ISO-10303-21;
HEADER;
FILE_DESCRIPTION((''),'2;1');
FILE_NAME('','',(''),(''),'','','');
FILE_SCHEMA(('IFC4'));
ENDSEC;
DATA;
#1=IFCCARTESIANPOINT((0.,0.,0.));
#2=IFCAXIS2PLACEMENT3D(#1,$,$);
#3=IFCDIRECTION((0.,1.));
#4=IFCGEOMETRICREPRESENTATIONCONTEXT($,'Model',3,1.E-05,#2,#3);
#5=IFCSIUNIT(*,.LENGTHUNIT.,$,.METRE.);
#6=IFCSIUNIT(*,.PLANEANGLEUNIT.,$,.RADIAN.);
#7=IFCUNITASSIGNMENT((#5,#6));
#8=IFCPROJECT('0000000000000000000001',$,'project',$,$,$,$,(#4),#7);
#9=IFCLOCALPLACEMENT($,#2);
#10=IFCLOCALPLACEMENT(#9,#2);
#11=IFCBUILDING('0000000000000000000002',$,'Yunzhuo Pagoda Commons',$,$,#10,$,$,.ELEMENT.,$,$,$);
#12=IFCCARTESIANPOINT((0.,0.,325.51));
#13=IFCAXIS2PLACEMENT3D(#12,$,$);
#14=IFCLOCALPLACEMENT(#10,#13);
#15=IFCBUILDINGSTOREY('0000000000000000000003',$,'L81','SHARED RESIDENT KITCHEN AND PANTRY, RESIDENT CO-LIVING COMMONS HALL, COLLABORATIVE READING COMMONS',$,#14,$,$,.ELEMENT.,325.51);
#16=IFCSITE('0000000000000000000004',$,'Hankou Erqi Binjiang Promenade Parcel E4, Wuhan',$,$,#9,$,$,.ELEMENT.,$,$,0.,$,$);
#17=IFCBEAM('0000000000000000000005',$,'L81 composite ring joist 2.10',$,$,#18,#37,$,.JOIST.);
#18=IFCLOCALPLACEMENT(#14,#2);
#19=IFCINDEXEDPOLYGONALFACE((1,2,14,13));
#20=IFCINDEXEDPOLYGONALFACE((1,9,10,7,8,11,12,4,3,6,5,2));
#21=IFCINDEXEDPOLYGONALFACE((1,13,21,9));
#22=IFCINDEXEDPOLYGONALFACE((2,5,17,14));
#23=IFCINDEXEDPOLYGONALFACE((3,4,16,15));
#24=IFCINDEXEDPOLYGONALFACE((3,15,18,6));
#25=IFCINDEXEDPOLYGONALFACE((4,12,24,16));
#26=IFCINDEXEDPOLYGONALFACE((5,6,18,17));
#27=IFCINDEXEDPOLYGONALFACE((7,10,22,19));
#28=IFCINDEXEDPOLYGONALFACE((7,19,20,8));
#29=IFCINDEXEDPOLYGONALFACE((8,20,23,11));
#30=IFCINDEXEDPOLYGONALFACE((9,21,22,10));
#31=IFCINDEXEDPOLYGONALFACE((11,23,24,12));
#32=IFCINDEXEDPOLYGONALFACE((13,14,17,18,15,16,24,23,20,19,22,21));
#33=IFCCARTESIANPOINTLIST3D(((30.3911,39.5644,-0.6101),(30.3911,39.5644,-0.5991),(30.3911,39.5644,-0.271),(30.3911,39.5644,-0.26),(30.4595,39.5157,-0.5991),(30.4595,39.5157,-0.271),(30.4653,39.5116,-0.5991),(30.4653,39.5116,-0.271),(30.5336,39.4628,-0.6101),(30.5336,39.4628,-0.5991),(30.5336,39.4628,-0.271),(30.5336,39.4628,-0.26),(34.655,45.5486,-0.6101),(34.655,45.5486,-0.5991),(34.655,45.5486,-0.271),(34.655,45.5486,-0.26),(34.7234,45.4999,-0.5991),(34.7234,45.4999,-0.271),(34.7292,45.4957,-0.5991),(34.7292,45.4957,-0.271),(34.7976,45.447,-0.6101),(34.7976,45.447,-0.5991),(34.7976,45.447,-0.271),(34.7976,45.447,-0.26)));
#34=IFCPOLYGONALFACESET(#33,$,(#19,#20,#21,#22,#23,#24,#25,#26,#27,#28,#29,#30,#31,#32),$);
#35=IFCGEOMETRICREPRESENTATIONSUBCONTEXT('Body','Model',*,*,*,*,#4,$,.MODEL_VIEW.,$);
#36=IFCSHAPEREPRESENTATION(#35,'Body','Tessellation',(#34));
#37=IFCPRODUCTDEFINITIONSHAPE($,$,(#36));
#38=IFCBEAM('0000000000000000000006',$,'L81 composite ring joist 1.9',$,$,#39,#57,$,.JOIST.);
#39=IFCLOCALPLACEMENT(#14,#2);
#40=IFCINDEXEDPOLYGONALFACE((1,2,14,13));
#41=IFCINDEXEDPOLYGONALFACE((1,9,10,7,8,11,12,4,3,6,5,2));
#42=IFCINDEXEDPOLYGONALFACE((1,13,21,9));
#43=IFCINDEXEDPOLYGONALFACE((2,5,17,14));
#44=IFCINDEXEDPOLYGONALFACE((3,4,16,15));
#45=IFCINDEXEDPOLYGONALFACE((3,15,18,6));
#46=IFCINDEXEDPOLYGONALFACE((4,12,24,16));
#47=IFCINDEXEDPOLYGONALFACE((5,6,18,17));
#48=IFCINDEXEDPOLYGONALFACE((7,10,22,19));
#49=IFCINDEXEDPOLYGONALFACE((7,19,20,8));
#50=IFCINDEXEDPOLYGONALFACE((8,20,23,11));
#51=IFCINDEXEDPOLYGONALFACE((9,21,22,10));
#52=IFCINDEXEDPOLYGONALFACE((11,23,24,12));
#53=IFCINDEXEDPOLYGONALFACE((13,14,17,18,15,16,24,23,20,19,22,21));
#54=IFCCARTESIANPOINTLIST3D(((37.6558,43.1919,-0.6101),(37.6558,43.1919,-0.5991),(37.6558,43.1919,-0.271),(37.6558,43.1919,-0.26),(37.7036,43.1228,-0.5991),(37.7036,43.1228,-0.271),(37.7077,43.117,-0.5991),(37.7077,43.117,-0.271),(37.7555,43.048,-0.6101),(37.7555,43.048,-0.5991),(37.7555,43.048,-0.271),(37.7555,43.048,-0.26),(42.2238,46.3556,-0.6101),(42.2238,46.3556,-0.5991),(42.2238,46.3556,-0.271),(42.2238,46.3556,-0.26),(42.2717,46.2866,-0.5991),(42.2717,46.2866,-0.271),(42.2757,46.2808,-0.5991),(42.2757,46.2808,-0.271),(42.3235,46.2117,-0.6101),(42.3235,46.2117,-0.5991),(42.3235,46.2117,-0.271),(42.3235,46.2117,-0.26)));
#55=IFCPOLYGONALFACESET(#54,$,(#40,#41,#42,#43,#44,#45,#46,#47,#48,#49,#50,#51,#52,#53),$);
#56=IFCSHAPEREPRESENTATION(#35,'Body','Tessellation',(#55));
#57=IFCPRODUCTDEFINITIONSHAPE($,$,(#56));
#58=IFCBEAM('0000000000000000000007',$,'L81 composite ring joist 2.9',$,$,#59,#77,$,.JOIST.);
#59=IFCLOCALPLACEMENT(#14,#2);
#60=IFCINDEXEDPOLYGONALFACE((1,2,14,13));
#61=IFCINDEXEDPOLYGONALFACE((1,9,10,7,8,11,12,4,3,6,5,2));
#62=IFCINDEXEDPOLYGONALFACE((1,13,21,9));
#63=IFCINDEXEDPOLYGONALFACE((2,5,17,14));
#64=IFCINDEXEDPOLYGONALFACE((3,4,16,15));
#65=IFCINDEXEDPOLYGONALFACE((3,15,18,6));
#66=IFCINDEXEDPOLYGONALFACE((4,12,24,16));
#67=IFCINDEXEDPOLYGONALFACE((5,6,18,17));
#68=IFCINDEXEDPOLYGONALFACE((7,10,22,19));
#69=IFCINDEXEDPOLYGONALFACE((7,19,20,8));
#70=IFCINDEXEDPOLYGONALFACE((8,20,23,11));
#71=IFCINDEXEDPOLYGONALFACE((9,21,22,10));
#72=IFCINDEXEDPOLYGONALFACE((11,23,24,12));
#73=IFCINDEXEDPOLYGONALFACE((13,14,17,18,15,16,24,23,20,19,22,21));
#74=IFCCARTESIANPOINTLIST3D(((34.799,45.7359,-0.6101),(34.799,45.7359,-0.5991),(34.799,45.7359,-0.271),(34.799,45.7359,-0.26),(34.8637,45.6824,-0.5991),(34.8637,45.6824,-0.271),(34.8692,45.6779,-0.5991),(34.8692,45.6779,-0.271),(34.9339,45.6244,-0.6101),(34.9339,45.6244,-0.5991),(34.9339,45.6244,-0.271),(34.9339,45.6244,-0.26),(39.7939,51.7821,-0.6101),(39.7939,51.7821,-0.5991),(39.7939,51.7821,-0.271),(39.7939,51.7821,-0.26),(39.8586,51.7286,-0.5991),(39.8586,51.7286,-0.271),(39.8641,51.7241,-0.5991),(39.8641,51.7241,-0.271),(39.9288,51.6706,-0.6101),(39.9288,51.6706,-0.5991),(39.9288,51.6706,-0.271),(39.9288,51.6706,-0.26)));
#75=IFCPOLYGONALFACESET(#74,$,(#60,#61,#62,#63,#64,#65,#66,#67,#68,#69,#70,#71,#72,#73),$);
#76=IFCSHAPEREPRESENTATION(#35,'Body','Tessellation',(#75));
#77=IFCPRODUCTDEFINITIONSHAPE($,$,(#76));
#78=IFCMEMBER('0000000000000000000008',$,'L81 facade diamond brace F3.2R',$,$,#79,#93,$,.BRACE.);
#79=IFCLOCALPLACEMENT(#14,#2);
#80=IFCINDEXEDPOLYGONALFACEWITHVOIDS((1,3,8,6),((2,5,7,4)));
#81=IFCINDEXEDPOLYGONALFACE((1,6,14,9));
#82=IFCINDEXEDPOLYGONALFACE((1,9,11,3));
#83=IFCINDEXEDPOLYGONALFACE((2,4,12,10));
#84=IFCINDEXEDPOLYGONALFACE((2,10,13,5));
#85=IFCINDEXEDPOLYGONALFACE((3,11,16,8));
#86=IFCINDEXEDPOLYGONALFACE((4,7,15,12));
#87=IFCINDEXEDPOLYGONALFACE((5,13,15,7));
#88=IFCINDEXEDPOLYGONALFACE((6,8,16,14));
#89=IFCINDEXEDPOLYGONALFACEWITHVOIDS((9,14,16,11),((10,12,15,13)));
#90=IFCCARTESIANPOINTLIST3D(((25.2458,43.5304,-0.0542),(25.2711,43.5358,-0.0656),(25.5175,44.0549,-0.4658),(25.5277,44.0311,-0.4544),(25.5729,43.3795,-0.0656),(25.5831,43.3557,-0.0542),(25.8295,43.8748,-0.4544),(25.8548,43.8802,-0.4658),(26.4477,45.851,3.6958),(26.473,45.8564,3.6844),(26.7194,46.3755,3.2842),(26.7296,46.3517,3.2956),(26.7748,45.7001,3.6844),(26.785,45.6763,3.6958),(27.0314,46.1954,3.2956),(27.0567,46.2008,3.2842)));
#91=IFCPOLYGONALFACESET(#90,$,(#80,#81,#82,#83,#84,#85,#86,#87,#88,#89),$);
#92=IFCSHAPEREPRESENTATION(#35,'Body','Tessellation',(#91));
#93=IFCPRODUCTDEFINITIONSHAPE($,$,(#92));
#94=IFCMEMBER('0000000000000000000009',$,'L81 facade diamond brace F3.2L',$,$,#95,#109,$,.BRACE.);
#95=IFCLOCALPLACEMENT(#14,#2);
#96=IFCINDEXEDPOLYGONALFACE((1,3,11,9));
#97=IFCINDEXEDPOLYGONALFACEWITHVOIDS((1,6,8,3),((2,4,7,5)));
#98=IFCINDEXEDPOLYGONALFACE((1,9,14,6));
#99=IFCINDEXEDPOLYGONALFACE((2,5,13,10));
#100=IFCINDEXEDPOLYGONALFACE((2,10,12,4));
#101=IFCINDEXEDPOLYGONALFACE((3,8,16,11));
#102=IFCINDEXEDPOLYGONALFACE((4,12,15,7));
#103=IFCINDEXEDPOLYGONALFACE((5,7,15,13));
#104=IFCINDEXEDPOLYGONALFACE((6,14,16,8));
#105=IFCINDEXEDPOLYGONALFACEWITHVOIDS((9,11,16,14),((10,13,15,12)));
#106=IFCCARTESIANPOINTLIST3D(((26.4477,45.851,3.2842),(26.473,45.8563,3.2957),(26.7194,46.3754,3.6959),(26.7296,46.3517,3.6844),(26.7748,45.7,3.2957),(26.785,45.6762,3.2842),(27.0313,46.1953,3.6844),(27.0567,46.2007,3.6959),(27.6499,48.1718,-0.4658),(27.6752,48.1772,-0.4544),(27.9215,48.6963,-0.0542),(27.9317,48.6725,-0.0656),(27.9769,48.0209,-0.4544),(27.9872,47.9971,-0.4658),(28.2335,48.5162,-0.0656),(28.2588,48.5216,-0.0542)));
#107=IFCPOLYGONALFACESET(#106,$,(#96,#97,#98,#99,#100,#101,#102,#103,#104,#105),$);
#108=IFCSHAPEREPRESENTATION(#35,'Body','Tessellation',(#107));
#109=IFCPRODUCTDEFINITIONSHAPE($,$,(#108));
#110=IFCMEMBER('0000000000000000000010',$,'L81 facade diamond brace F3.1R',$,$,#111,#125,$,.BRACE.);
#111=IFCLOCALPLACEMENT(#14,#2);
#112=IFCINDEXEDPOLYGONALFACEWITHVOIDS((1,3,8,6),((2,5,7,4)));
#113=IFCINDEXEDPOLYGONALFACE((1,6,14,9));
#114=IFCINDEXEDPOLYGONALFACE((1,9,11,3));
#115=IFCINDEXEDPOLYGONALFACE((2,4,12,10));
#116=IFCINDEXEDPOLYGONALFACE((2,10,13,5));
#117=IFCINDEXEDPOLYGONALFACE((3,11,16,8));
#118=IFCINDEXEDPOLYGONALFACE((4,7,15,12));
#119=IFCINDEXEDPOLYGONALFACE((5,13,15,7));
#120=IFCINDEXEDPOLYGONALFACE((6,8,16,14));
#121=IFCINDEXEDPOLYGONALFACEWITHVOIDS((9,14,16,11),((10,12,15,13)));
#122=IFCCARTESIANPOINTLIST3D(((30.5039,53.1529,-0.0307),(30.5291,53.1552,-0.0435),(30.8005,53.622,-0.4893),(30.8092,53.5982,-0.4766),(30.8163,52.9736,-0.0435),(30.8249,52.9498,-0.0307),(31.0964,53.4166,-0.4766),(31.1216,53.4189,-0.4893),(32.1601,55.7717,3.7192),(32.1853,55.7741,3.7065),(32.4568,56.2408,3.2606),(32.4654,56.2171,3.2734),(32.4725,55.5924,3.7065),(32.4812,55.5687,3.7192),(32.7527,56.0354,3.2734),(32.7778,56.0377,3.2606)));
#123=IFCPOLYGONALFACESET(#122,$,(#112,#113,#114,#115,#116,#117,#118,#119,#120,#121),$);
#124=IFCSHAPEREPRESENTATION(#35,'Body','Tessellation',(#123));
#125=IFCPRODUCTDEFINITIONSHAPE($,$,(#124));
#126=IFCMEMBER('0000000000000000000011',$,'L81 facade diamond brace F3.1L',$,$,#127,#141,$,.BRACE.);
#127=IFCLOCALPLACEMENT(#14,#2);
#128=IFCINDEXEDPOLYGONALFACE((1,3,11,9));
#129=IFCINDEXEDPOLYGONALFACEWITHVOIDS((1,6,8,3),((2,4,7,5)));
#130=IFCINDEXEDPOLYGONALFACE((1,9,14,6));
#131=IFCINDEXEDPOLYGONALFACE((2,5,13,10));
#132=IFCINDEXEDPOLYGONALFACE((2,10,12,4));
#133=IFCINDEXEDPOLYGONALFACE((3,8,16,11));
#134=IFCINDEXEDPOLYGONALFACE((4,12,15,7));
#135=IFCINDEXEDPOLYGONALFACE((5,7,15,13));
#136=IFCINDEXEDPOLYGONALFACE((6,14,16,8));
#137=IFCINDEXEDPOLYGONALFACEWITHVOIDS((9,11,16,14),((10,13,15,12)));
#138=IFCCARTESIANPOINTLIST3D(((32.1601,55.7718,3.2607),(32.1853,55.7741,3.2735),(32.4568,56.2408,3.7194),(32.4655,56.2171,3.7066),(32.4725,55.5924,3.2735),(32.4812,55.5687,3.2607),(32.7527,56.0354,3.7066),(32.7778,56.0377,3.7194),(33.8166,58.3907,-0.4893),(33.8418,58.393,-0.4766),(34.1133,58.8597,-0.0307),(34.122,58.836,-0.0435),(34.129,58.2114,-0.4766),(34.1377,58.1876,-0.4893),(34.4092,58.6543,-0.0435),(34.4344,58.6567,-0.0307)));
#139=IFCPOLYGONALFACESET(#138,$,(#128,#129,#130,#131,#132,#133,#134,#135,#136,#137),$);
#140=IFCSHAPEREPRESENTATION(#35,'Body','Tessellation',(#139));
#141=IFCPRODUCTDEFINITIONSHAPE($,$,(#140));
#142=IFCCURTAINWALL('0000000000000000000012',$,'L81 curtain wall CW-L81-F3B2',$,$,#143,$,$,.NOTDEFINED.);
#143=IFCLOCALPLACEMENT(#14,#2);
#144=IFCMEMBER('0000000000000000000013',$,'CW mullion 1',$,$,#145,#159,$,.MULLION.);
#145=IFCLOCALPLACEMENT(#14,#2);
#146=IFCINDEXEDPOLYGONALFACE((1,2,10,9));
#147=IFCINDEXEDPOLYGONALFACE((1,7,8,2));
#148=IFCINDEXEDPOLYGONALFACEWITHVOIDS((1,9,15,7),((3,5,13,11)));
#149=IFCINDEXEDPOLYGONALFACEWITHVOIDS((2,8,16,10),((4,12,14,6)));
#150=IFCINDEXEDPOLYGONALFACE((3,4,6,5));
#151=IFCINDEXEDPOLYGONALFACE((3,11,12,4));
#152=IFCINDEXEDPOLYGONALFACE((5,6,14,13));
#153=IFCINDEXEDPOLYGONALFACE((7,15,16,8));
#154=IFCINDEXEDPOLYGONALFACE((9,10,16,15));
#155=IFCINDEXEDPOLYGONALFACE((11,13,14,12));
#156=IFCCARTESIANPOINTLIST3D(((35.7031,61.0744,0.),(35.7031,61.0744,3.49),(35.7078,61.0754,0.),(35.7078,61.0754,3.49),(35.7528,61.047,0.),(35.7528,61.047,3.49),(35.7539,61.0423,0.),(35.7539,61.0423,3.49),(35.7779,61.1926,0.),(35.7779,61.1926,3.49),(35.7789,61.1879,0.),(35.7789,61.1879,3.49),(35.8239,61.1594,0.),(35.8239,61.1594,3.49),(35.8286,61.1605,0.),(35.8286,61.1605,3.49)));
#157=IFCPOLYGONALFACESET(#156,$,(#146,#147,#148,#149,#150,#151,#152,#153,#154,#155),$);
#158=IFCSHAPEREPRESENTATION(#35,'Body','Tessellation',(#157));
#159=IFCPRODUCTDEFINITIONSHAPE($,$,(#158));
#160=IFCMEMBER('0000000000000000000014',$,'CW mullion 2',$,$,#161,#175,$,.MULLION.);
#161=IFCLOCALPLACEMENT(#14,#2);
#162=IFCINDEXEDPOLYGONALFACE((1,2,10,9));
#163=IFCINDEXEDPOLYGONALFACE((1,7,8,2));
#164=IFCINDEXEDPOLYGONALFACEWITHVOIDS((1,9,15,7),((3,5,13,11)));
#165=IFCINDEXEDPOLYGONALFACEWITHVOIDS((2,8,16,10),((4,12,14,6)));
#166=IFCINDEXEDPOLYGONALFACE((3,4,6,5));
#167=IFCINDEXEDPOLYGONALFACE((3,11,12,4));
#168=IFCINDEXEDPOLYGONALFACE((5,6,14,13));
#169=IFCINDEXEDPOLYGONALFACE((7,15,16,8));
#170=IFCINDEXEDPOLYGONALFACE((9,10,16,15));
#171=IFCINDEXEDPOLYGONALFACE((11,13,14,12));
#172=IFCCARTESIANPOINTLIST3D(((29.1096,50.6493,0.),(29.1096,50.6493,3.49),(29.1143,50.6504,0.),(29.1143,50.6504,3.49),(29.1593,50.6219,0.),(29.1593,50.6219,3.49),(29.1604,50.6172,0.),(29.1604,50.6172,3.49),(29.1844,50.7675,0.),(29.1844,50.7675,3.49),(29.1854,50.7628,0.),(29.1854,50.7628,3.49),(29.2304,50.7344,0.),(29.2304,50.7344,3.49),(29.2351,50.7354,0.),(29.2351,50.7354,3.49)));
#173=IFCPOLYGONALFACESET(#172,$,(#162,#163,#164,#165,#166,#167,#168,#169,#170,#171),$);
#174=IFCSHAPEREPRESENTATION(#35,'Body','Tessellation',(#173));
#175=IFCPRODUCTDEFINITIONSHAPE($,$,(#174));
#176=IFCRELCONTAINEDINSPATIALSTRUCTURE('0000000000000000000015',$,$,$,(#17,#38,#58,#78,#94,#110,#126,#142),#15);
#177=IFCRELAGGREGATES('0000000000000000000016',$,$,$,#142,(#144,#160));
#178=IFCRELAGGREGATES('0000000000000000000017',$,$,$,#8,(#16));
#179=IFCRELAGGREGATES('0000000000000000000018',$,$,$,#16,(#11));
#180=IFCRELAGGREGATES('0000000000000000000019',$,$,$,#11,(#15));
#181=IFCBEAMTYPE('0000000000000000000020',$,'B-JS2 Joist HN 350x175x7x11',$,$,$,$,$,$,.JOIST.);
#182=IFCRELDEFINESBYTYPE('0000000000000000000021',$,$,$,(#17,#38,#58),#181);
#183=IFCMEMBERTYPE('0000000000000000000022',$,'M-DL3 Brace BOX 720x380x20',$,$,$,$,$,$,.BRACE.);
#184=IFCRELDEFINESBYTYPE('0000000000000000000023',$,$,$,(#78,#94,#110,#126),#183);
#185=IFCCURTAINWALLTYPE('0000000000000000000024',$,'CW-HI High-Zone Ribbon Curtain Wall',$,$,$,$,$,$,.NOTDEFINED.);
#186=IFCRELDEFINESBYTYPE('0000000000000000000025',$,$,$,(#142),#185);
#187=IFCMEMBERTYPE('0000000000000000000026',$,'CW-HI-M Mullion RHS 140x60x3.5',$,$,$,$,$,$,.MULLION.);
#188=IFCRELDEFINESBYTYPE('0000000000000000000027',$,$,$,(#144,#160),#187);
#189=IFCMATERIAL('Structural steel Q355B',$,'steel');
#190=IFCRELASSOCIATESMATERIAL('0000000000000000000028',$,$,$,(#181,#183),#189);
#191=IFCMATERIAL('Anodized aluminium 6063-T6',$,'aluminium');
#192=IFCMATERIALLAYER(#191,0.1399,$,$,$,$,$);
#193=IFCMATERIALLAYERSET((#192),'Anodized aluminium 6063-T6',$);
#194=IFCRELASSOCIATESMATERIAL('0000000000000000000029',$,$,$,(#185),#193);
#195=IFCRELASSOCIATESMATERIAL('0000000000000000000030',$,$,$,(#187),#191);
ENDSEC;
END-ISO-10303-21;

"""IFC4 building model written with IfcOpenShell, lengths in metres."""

from ifc_helpers import new_model, si_unit, direction, frame, origin, origin_2d, place, context, subcontext, project, spatial, hollow_rectangle, i_section, extrude, source, transform, mapped, material, layer, layer_set, material_profile, profile_set, type_object, element, aggregate, save


model = new_model("IFC4")

# Units and contexts
model_context = context("Model", 3, precision=1e-05, world=origin(), true_north=direction((0.0, 1.0)))
body_context = subcontext(model_context, "Body", "Model", "MODEL_VIEW")
ifc_project = project(units=[si_unit("LENGTHUNIT", "METRE"), si_unit("PLANEANGLEUNIT", "RADIAN")], contexts=[model_context])

# Site, building, storey
site_placement = place(None, origin())
site = spatial("IfcSite", under=ifc_project, at=site_placement, Name="Hankou Erqi Binjiang Promenade Parcel E4, Wuhan", CompositionType="ELEMENT", RefElevation=0.0)
building_placement = place(site_placement, origin())
building = spatial("IfcBuilding", under=site, at=building_placement, Name="Yunzhuo Pagoda Commons", CompositionType="ELEMENT")
storey_placement = place(building_placement, frame((0.0, 0.0, 325.51)))
storey = spatial("IfcBuildingStorey", under=building, at=storey_placement, Name="L81", Description="SHARED RESIDENT KITCHEN AND PANTRY, RESIDENT CO-LIVING COMMONS HALL, COLLABORATIVE READING COMMONS", CompositionType="ELEMENT", Elevation=325.51)

# Shared definitions
ifc_material_1 = material(Name="Structural steel Q355B", Category="steel")

# Beams
ifc_material_profile_1 = material_profile(ifc_material_1, i_section(OverallWidth=0.175, OverallDepth=0.3501, WebThickness=0.0071, FlangeThickness=0.011, at=origin_2d()), Name="Structural steel Q355B")
ifc_profile_set_1 = profile_set([ifc_material_profile_1], Name="Structural steel Q355B")
beam_type_1 = type_object("IfcBeamType", Name="B-JS2 Joist HN 350x175x7x11", PredefinedType="JOIST", material=ifc_profile_set_1)
shared_shape_1 = source(origin(), body_context, "Body", "SweptSolid", [
    extrude(i_section(OverallWidth=0.175, OverallDepth=0.3501, WebThickness=0.0071, FlangeThickness=0.011, at=origin_2d()), origin(), (0.0, 0.0, 1.0), 7.3479),
])
beam_1_placement = place(storey_placement, frame((34.7263, 45.4978, -0.4351), z_axis=(-0.580295, -0.814406, 0.0), x_axis=(0.814406, -0.580295, 0.0)))
element("IfcBeam", 1, at=beam_1_placement, inside=storey, type_object=beam_type_1, Name="L81 composite ring joist 2.10", PredefinedType="JOIST", context=body_context, shape_type="MappedRepresentation", body=[
    mapped(shared_shape_1, transform((0.0, 0.0, 0.0), scale=1.0)),
])
shared_shape_2 = source(origin(), body_context, "Body", "SweptSolid", [
    extrude(i_section(OverallWidth=0.175, OverallDepth=0.3501, WebThickness=0.0071, FlangeThickness=0.011, at=origin_2d()), origin(), (0.0, 0.0, 1.0), 5.5566),
])
beam_2_placement = place(storey_placement, frame((42.2737, 46.2837, -0.4351), z_axis=(-0.822085, -0.569365, 0.0), x_axis=(0.569365, -0.822085, 0.0)))
element("IfcBeam", 2, at=beam_2_placement, inside=storey, type_object=beam_type_1, Name="L81 composite ring joist 1.9", PredefinedType="JOIST", context=body_context, shape_type="MappedRepresentation", body=[
    mapped(shared_shape_2, transform((0.0, 0.0, 0.0), scale=1.0)),
])
shared_shape_3 = source(origin(), body_context, "Body", "SweptSolid", [
    extrude(i_section(OverallWidth=0.175, OverallDepth=0.3501, WebThickness=0.0071, FlangeThickness=0.011, at=origin_2d()), origin(), (0.0, 0.0, 1.0), 7.8425),
])
beam_3_placement = place(storey_placement, frame((39.8613, 51.7263, -0.4351), z_axis=(-0.636899, -0.770947, 0.0), x_axis=(0.770947, -0.636899, 0.0)))
element("IfcBeam", 3, at=beam_3_placement, inside=storey, type_object=beam_type_1, Name="L81 composite ring joist 2.9", PredefinedType="JOIST", context=body_context, shape_type="MappedRepresentation", body=[
    mapped(shared_shape_3, transform((0.0, 0.0, 0.0), scale=1.0)),
])

# Members
ifc_material_profile_2 = material_profile(ifc_material_1, hollow_rectangle(XDim=0.3799, YDim=0.72, WallThickness=0.02, at=origin_2d()), Name="Structural steel Q355B")
ifc_profile_set_2 = profile_set([ifc_material_profile_2], Name="Structural steel Q355B")
member_type_1 = type_object("IfcMemberType", Name="M-DL3 Brace BOX 720x380x20", PredefinedType="BRACE", material=ifc_profile_set_2)
shared_shape_4 = source(origin(), body_context, "Body", "SweptSolid", [
    extrude(hollow_rectangle(XDim=0.3799, YDim=0.72, WallThickness=0.02, at=origin_2d()), origin(), (0.0, 0.0, 1.0), 4.5708),
])
member_1_placement = place(storey_placement, frame((25.5503, 43.7053, -0.26), z_axis=(0.262954, 0.507693, 0.820428), x_axis=(-0.887965, 0.459911, 0.0)))
element("IfcMember", 4, at=member_1_placement, inside=storey, type_object=member_type_1, Name="L81 facade diamond brace F3.2R", PredefinedType="BRACE", context=body_context, shape_type="MappedRepresentation", body=[
    mapped(shared_shape_4, transform((0.0, 0.0, 0.0), scale=1.0)),
])
shared_shape_5 = source(origin(), body_context, "Body", "SweptSolid", [
    extrude(hollow_rectangle(XDim=0.3799, YDim=0.72, WallThickness=0.02, at=origin_2d()), origin(), (0.0, 0.0, 1.0), 4.571),
])
member_2_placement = place(storey_placement, frame((27.9543, 48.3467, -0.26), z_axis=(-0.262996, -0.507726, 0.820395), x_axis=(0.887947, -0.459946, 0.0)))
element("IfcMember", 5, at=member_2_placement, inside=storey, type_object=member_type_1, Name="L81 facade diamond brace F3.2L", PredefinedType="BRACE", context=body_context, shape_type="MappedRepresentation", body=[
    mapped(shared_shape_5, transform((0.0, 0.0, 0.0), scale=1.0)),
])
shared_shape_6 = source(origin(), body_context, "Body", "SweptSolid", [
    extrude(hollow_rectangle(XDim=0.3799, YDim=0.72, WallThickness=0.02, at=origin_2d()), origin(), (0.0, 0.0, 1.0), 4.8645),
])
member_3_placement = place(storey_placement, frame((30.8127, 53.2859, -0.26), z_axis=(0.34047, 0.538359, 0.770876), x_axis=(-0.845167, 0.534503, 0.0)))
element("IfcMember", 6, at=member_3_placement, inside=storey, type_object=member_type_1, Name="L81 facade diamond brace F3.1R", PredefinedType="BRACE", context=body_context, shape_type="MappedRepresentation", body=[
    mapped(shared_shape_6, transform((0.0, 0.0, 0.0), scale=1.0)),
])
shared_shape_7 = source(origin(), body_context, "Body", "SweptSolid", [
    extrude(hollow_rectangle(XDim=0.3799, YDim=0.72, WallThickness=0.02, at=origin_2d()), origin(), (0.0, 0.0, 1.0), 4.8647),
])
member_4_placement = place(storey_placement, frame((34.1255, 58.5237, -0.26), z_axis=(-0.340515, -0.538349, 0.770863), x_axis=(0.845131, -0.534559, 0.0)))
element("IfcMember", 7, at=member_4_placement, inside=storey, type_object=member_type_1, Name="L81 facade diamond brace F3.1L", PredefinedType="BRACE", context=body_context, shape_type="MappedRepresentation", body=[
    mapped(shared_shape_7, transform((0.0, 0.0, 0.0), scale=1.0)),
])

# Curtain wall, members
ifc_material_2 = material(Name="Anodized aluminium 6063-T6", Category="aluminium")
ifc_layer_1 = layer(ifc_material_2, 0.1399)
ifc_layer_set_1 = layer_set([ifc_layer_1], Name="Anodized aluminium 6063-T6")
curtain_wall_type = type_object("IfcCurtainWallType", Name="CW-HI High-Zone Ribbon Curtain Wall", PredefinedType="NOTDEFINED", material=ifc_layer_set_1)
curtain_wall_1_placement = place(storey_placement, origin())
curtain_wall_1 = element("IfcCurtainWall", 8, at=curtain_wall_1_placement, inside=storey, type_object=curtain_wall_type, Name="L81 curtain wall CW-L81-F3B2", PredefinedType="NOTDEFINED")
ifc_material_profile_3 = material_profile(ifc_material_2, hollow_rectangle(XDim=0.0601, YDim=0.1399, WallThickness=0.0034, at=origin_2d()), Name="Anodized aluminium 6063-T6")
ifc_profile_set_3 = profile_set([ifc_material_profile_3], Name="Anodized aluminium 6063-T6")
member_type_2 = type_object("IfcMemberType", Name="CW-HI-M Mullion RHS 140x60x3.5", PredefinedType="MULLION", material=ifc_profile_set_3)
shared_shape_8 = source(origin(), body_context, "Body", "SweptSolid", [
    extrude(hollow_rectangle(XDim=0.0601, YDim=0.1399, WallThickness=0.0034, at=origin_2d()), origin(), (0.0, 0.0, 1.0), 3.49),
])
member_5_placement = place(storey_placement, frame((35.7659, 61.1174, 0.0), z_axis=(0.0, 0.0, 1.0), x_axis=(0.845149, -0.534531, 0.0)))
member_5 = element("IfcMember", 9, at=member_5_placement, type_object=member_type_2, Name="CW mullion 1", PredefinedType="MULLION", context=body_context, shape_type="MappedRepresentation", body=[
    mapped(shared_shape_8, transform((0.0, 0.0, 0.0), scale=1.0)),
])
member_6_placement = place(storey_placement, frame((29.1724, 50.6924, 0.0), z_axis=(0.0, 0.0, 1.0), x_axis=(0.845149, -0.534531, 0.0)))
member_6 = element("IfcMember", 10, at=member_6_placement, type_object=member_type_2, Name="CW mullion 2", PredefinedType="MULLION", context=body_context, shape_type="MappedRepresentation", body=[
    mapped(shared_shape_8, transform((0.0, 0.0, 0.0), scale=1.0)),
])

aggregate(curtain_wall_1, [member_5, member_6])

save(model, "model.ifc")
